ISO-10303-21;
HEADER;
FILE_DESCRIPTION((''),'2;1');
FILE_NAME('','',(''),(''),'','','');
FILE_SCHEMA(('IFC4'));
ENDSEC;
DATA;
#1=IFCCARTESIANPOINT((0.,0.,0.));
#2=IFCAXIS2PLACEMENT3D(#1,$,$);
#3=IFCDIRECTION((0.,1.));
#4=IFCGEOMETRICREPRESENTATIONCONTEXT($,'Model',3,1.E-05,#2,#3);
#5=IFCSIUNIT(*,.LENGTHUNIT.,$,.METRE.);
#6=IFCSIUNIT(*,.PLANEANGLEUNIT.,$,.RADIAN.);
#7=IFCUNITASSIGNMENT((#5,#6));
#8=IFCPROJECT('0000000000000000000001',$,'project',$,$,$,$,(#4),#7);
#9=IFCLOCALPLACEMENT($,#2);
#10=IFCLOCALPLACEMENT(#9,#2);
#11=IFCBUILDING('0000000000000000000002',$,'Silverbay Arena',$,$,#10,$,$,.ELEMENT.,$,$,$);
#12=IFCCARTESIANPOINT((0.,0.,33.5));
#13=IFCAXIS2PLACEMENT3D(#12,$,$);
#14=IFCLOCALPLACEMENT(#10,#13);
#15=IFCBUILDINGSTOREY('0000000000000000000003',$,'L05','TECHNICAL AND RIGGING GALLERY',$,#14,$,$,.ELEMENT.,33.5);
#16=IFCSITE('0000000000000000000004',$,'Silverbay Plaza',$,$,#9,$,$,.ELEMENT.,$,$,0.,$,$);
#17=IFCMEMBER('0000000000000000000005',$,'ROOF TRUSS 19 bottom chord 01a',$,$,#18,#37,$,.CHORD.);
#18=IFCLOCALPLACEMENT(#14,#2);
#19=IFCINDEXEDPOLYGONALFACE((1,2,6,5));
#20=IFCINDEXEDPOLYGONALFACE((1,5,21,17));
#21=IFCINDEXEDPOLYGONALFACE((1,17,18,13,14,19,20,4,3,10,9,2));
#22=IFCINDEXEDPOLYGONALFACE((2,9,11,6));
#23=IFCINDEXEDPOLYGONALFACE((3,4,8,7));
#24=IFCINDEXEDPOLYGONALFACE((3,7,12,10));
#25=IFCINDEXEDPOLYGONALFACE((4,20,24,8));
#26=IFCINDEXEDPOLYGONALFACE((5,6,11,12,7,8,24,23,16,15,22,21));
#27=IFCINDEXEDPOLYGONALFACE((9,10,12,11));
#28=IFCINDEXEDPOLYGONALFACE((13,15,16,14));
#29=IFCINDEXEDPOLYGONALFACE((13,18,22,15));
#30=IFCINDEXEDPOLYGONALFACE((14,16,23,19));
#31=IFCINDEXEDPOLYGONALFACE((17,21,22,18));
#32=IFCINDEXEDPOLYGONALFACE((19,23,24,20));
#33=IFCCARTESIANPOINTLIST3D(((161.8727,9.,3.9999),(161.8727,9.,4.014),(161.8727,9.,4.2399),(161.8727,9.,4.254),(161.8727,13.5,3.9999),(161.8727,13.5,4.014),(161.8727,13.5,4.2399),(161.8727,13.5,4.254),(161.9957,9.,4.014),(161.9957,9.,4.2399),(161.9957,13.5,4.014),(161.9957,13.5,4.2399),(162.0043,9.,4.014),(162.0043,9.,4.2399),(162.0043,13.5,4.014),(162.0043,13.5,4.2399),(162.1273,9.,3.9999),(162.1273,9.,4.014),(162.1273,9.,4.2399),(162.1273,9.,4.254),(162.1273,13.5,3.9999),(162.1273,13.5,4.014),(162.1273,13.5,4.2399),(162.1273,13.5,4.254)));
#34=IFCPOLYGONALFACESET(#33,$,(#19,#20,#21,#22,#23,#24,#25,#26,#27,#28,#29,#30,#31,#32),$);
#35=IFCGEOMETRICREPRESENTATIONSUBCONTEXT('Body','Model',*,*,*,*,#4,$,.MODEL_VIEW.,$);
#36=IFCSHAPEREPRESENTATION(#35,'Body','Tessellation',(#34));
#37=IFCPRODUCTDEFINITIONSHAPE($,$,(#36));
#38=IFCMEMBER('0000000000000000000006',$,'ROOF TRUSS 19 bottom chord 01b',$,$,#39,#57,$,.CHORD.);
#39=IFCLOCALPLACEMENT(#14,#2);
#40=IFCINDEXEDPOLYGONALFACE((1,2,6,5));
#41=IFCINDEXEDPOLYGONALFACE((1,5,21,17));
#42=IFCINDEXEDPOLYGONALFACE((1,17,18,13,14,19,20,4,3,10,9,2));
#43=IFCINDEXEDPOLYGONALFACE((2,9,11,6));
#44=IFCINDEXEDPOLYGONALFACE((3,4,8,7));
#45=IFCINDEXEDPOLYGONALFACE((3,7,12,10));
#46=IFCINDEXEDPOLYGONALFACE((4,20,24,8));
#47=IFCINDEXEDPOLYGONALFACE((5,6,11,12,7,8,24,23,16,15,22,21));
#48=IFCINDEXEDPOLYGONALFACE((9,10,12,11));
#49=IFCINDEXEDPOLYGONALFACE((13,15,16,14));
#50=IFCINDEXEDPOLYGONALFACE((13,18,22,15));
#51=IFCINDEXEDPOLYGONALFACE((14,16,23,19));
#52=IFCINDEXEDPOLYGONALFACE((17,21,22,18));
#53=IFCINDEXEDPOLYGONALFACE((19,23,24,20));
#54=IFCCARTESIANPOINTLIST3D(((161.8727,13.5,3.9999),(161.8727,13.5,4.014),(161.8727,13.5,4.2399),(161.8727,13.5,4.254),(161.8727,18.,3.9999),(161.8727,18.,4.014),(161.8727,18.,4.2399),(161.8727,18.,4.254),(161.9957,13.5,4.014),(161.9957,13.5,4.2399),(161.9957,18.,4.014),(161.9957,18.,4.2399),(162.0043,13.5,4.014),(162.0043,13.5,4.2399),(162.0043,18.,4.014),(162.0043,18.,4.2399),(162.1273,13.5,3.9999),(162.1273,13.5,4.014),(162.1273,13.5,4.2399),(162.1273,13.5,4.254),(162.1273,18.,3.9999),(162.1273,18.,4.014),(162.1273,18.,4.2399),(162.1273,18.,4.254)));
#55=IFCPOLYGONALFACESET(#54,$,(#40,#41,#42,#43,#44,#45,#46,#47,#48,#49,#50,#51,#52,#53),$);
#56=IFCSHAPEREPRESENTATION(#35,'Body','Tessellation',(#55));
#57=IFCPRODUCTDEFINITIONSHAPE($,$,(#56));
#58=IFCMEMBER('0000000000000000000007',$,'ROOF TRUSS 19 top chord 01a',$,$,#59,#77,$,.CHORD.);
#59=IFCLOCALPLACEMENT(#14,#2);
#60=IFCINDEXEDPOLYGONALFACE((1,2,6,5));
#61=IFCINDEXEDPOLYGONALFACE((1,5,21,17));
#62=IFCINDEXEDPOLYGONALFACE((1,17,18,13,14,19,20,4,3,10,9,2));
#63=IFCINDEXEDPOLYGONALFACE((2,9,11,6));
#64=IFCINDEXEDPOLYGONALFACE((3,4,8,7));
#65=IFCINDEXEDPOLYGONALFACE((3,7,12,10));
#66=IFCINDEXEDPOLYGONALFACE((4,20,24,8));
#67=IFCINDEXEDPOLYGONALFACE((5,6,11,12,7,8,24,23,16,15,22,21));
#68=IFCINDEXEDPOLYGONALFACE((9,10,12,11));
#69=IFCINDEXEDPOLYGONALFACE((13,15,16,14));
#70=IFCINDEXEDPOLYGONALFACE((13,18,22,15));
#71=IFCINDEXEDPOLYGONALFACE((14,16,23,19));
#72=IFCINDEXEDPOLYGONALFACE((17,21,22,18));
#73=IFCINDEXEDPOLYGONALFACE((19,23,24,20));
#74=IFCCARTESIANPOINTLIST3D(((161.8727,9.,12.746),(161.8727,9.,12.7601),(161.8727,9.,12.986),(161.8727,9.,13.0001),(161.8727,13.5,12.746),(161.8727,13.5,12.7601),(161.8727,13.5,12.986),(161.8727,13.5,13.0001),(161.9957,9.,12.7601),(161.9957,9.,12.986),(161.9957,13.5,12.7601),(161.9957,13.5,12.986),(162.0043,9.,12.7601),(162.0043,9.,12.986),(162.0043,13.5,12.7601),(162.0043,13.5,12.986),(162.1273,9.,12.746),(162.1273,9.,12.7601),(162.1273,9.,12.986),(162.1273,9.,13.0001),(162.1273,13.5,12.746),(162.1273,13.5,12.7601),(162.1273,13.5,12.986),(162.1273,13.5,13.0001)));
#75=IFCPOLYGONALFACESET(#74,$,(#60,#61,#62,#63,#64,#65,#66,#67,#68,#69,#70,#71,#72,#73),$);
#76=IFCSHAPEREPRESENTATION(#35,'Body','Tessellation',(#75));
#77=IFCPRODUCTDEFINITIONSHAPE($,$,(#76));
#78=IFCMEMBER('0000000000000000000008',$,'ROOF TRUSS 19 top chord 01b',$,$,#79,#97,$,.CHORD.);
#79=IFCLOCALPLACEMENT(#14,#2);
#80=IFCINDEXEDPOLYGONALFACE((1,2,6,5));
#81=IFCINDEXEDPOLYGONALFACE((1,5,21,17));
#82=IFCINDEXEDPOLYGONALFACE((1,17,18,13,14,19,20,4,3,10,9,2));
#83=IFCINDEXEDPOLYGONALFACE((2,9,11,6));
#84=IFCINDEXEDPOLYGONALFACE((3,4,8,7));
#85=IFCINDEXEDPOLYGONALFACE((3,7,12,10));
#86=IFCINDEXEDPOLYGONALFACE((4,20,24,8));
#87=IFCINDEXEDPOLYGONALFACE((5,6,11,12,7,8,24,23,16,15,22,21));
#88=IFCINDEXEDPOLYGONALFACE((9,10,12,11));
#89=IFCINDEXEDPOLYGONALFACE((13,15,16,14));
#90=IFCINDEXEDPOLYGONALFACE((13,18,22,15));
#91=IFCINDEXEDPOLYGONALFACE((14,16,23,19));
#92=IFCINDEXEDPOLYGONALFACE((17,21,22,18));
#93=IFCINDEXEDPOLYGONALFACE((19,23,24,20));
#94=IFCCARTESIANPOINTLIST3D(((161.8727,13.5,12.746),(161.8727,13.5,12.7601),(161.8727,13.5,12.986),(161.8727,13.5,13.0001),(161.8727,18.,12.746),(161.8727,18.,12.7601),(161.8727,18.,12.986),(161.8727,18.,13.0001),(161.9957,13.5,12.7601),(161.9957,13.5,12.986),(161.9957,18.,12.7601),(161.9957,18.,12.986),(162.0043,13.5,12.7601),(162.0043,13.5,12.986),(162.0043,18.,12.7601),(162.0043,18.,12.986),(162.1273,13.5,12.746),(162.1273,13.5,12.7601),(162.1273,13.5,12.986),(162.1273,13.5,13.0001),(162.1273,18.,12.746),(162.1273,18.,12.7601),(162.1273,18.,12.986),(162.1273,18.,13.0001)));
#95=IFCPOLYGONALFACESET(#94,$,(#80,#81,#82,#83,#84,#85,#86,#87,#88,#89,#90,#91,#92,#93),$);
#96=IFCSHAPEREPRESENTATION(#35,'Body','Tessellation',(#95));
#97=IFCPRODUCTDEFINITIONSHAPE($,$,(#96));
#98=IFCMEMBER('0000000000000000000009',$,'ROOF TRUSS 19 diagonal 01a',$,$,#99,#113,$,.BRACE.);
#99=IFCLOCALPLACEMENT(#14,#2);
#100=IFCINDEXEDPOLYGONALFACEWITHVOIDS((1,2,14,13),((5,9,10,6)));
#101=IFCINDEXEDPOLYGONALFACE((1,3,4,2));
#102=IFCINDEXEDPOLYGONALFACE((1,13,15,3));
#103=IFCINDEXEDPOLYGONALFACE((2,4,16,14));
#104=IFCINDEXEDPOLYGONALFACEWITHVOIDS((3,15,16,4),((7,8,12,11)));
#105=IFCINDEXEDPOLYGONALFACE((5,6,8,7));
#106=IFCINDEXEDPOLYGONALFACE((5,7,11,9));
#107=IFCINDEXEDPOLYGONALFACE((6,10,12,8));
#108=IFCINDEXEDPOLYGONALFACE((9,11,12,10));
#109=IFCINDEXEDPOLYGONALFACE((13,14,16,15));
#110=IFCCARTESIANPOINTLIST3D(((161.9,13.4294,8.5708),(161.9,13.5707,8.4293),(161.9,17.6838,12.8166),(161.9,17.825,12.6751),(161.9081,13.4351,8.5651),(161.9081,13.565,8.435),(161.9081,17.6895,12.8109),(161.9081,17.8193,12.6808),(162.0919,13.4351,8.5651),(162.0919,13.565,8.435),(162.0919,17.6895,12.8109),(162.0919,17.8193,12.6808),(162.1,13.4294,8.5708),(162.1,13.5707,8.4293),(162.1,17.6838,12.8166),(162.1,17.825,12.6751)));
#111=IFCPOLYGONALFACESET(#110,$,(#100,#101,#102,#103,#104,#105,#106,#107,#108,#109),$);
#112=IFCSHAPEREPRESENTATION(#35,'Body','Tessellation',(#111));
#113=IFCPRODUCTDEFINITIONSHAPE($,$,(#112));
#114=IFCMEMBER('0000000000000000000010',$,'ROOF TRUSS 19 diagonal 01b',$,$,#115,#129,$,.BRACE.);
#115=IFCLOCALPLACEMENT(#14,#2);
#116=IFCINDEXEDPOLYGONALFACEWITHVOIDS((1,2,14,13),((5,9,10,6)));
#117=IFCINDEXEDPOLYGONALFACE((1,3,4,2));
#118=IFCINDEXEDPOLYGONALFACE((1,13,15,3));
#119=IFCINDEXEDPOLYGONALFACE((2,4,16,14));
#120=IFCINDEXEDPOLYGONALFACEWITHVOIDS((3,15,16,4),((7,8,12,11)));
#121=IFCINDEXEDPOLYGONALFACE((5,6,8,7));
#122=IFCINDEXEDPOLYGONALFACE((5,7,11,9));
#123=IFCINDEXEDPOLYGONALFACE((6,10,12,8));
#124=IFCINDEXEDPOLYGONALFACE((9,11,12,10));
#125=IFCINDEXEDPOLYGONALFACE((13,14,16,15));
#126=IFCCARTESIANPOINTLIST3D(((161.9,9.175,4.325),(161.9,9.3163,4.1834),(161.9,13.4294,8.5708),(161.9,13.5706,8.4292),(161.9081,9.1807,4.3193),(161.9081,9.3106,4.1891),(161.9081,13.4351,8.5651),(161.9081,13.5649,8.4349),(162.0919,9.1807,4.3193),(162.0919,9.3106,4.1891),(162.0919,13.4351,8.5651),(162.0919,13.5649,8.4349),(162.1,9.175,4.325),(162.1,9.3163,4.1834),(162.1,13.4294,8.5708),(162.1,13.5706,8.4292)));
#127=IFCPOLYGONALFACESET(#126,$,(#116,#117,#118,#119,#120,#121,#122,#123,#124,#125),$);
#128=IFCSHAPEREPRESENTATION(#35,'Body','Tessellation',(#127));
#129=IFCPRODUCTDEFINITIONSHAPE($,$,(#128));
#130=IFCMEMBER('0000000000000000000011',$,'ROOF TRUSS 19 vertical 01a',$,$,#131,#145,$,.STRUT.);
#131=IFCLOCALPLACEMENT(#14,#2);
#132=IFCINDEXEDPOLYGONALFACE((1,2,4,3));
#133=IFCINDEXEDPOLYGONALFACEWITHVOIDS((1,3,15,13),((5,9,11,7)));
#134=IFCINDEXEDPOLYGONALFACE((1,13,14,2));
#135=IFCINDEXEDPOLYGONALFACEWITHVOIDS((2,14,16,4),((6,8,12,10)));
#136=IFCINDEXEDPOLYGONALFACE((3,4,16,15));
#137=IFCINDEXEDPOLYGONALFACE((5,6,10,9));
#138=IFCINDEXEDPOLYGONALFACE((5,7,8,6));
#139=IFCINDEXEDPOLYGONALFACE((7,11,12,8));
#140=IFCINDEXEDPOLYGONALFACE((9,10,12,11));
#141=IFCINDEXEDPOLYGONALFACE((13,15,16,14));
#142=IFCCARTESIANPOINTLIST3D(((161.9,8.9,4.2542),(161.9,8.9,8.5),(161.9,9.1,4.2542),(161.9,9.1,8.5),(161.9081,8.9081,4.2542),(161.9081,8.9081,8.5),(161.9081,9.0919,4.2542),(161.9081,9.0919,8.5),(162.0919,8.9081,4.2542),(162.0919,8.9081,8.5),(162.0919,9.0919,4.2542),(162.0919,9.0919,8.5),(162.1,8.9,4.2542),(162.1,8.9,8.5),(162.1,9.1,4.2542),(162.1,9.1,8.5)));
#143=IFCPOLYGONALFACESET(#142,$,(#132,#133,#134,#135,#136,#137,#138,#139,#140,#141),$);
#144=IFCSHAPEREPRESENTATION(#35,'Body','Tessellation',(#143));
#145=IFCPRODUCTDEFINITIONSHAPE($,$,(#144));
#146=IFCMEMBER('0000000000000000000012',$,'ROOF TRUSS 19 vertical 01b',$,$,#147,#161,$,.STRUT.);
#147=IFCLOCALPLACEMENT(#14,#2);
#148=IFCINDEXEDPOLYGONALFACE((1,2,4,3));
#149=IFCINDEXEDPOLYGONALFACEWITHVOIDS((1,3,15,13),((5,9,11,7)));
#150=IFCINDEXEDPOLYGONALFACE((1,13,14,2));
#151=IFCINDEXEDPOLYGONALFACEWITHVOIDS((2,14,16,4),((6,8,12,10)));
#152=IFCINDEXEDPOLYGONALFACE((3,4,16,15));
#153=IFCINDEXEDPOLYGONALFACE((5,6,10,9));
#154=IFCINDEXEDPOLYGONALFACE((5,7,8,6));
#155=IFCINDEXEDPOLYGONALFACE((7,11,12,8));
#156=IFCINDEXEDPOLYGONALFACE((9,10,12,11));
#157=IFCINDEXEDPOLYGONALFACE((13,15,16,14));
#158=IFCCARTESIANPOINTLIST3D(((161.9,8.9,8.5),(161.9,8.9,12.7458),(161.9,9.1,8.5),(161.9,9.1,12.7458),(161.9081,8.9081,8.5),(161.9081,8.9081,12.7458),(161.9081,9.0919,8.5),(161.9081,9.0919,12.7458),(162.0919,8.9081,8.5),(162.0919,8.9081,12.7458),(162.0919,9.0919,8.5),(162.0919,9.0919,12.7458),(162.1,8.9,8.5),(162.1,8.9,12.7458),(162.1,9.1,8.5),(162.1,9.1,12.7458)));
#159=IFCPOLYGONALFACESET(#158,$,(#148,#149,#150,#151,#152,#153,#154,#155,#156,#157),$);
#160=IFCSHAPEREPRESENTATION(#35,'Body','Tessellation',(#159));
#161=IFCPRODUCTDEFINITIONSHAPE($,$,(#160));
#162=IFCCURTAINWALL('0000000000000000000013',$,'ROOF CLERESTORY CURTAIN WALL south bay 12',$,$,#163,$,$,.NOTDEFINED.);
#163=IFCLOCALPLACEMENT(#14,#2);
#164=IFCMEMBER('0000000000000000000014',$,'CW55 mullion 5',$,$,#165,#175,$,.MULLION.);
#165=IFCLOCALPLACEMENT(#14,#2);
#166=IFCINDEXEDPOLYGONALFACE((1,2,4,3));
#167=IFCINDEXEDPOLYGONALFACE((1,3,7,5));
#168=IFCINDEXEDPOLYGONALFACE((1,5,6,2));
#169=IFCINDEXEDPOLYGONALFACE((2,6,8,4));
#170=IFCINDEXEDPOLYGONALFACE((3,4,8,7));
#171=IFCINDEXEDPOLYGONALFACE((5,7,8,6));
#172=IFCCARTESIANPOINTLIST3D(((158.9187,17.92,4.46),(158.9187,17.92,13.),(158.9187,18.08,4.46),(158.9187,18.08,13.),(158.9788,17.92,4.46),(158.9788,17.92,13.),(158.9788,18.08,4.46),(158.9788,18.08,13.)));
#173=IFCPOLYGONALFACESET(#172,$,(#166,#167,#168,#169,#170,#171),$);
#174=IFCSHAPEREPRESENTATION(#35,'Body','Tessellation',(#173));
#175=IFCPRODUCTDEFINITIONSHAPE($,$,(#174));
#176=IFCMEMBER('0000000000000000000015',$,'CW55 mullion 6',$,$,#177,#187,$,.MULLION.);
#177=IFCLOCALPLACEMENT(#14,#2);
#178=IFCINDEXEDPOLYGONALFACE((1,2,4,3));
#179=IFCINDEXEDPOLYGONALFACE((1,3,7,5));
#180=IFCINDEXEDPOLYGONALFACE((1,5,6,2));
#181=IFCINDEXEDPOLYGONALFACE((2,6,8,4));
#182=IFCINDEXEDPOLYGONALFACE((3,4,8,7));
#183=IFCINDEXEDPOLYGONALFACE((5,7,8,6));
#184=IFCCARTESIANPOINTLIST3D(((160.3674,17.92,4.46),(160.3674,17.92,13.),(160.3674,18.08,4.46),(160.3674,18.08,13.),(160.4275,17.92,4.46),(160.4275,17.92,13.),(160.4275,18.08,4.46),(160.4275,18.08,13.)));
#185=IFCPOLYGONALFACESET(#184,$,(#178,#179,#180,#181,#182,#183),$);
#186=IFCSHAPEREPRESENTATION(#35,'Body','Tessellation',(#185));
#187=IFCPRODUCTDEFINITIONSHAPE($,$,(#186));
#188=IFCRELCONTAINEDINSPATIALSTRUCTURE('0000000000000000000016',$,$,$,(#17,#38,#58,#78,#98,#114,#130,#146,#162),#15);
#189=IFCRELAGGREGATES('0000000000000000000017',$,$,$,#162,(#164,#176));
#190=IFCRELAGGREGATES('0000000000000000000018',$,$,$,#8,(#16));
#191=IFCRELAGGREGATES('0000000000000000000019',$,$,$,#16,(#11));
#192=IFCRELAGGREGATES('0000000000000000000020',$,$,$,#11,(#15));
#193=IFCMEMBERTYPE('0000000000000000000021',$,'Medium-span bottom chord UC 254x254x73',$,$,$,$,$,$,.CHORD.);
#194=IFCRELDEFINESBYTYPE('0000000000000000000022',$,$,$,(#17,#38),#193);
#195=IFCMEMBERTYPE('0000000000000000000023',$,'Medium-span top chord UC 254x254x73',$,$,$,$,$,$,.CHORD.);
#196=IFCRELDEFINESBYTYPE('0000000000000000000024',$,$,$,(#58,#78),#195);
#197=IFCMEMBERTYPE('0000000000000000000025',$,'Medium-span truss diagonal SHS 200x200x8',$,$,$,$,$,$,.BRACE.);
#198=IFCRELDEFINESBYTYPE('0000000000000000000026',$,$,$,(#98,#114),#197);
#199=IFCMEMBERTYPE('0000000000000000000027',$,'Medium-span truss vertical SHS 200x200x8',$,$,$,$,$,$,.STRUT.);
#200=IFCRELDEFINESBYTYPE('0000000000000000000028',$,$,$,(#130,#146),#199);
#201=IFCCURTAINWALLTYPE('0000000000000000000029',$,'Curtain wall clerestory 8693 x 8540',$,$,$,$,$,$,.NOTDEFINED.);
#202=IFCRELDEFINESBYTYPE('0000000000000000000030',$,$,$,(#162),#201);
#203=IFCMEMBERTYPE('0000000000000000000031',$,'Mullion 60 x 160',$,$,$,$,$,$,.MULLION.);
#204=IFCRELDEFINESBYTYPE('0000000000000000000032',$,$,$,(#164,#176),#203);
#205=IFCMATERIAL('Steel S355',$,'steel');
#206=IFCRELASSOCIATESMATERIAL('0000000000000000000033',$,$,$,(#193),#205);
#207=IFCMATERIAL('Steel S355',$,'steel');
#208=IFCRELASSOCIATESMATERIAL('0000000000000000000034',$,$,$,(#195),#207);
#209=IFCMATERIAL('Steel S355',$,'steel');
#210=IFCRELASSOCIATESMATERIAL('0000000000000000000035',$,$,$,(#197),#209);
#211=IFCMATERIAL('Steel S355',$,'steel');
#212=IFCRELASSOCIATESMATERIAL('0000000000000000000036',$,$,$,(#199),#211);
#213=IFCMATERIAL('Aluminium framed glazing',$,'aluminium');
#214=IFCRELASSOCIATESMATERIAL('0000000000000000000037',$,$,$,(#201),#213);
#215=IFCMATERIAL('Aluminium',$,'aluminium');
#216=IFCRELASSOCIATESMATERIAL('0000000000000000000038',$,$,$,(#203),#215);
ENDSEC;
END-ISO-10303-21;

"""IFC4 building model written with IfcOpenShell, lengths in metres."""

from ifc_helpers import new_model, si_unit, direction, frame, origin, origin_2d, place, context, subcontext, project, spatial, rectangle, hollow_rectangle, i_section, extrude, material, material_profile, profile_set, type_object, element, aggregate, save


model = new_model("IFC4")

# Units and contexts
model_context = context("Model", 3, precision=1e-05, world=origin(), true_north=direction((0.0, 1.0)))
body_context = subcontext(model_context, "Body", "Model", "MODEL_VIEW")
ifc_project = project(units=[si_unit("LENGTHUNIT", "METRE"), si_unit("PLANEANGLEUNIT", "RADIAN")], contexts=[model_context])

# Site, building, storey
site_placement = place(None, origin())
site = spatial("IfcSite", under=ifc_project, at=site_placement, Name="Silverbay Plaza", CompositionType="ELEMENT", RefElevation=0.0)
building_placement = place(site_placement, origin())
building = spatial("IfcBuilding", under=site, at=building_placement, Name="Silverbay Arena", CompositionType="ELEMENT")
storey_placement = place(building_placement, frame((0.0, 0.0, 33.5)))
storey = spatial("IfcBuildingStorey", under=building, at=storey_placement, Name="L05", Description="TECHNICAL AND RIGGING GALLERY", CompositionType="ELEMENT", Elevation=33.5)

# Members
ifc_material_1 = material(Name="Steel S355", Category="steel")
ifc_material_profile_1 = material_profile(ifc_material_1, i_section(OverallWidth=0.2546, OverallDepth=0.2542, WebThickness=0.0085, FlangeThickness=0.0142, at=origin_2d()), Name="UC 254x254x73")
ifc_profile_set_1 = profile_set([ifc_material_profile_1], Name="Steel S355")
member_type_1 = type_object("IfcMemberType", Name="Medium-span bottom chord UC 254x254x73", PredefinedType="CHORD", material=ifc_profile_set_1)
for number, where, z_axis, x_axis, name in (
    (1, (162.0, 9.0, 4.127), (0.0, 1.0, 0.0), (-1.0, 0.0, 0.0), "ROOF TRUSS 19 bottom chord 01a"),
    (2, (162.0, 13.5, 4.127), (0.0, 1.0, 0.0), (-1.0, 0.0, 0.0), "ROOF TRUSS 19 bottom chord 01b"),
):
    element("IfcMember", number, at=place(storey_placement, frame(where, z_axis=z_axis, x_axis=x_axis)), inside=storey, type_object=member_type_1, Name=name, PredefinedType="CHORD", context=body_context, shape_type="SweptSolid", body=[
        extrude(i_section(OverallWidth=0.2546, OverallDepth=0.2542, WebThickness=0.0085, FlangeThickness=0.0142, at=origin_2d()), origin(), (0.0, 0.0, 1.0), 4.5),
    ])
ifc_material_2 = material(Name="Steel S355", Category="steel")
ifc_material_profile_2 = material_profile(ifc_material_2, i_section(OverallWidth=0.2546, OverallDepth=0.2542, WebThickness=0.0085, FlangeThickness=0.0142, at=origin_2d()), Name="UC 254x254x73")
ifc_profile_set_2 = profile_set([ifc_material_profile_2], Name="Steel S355")
member_type_2 = type_object("IfcMemberType", Name="Medium-span top chord UC 254x254x73", PredefinedType="CHORD", material=ifc_profile_set_2)
for number, where, z_axis, x_axis, name in (
    (3, (162.0, 9.0, 12.873), (0.0, 1.0, 0.0), (-1.0, 0.0, 0.0), "ROOF TRUSS 19 top chord 01a"),
    (4, (162.0, 13.5, 12.873), (0.0, 1.0, 0.0), (-1.0, 0.0, 0.0), "ROOF TRUSS 19 top chord 01b"),
):
    element("IfcMember", number, at=place(storey_placement, frame(where, z_axis=z_axis, x_axis=x_axis)), inside=storey, type_object=member_type_2, Name=name, PredefinedType="CHORD", context=body_context, shape_type="SweptSolid", body=[
        extrude(i_section(OverallWidth=0.2546, OverallDepth=0.2542, WebThickness=0.0085, FlangeThickness=0.0142, at=origin_2d()), origin(), (0.0, 0.0, 1.0), 4.5),
    ])
ifc_material_3 = material(Name="Steel S355", Category="steel")
ifc_material_profile_3 = material_profile(ifc_material_3, hollow_rectangle(XDim=0.2, YDim=0.2, WallThickness=0.0081, at=origin_2d()), Name="SHS 200x200x8")
ifc_profile_set_3 = profile_set([ifc_material_profile_3], Name="Steel S355")
member_type_3 = type_object("IfcMemberType", Name="Medium-span truss diagonal SHS 200x200x8", PredefinedType="BRACE", material=ifc_profile_set_3)
for number, where, z_axis, x_axis, name in (
    (5, (162.0, 17.7544, 12.7458), (0.0, -0.707817, -0.706396), (1.0, 0.0, 0.0), "ROOF TRUSS 19 diagonal 01a"),
    (6, (162.0, 13.5, 8.5), (0.0, -0.707817, -0.706396), (1.0, 0.0, 0.0), "ROOF TRUSS 19 diagonal 01b"),
):
    element("IfcMember", number, at=place(storey_placement, frame(where, z_axis=z_axis, x_axis=x_axis)), inside=storey, type_object=member_type_3, Name=name, PredefinedType="BRACE", context=body_context, shape_type="SweptSolid", body=[
        extrude(hollow_rectangle(XDim=0.2, YDim=0.2, WallThickness=0.0081, at=origin_2d()), origin(), (0.0, 0.0, 1.0), 6.0105),
    ])
ifc_material_4 = material(Name="Steel S355", Category="steel")
ifc_material_profile_4 = material_profile(ifc_material_4, hollow_rectangle(XDim=0.2, YDim=0.2, WallThickness=0.0081, at=origin_2d()), Name="SHS 200x200x8")
ifc_profile_set_4 = profile_set([ifc_material_profile_4], Name="Steel S355")
member_type_4 = type_object("IfcMemberType", Name="Medium-span truss vertical SHS 200x200x8", PredefinedType="STRUT", material=ifc_profile_set_4)
for number, where, z_axis, x_axis, name in (
    (7, (162.0, 9.0, 4.2542), (0.0, 0.0, 1.0), (1.0, 0.0, 0.0), "ROOF TRUSS 19 vertical 01a"),
    (8, (162.0, 9.0, 8.5), (0.0, 0.0, 1.0), (1.0, 0.0, 0.0), "ROOF TRUSS 19 vertical 01b"),
):
    element("IfcMember", number, at=place(storey_placement, frame(where, z_axis=z_axis, x_axis=x_axis)), inside=storey, type_object=member_type_4, Name=name, PredefinedType="STRUT", context=body_context, shape_type="SweptSolid", body=[
        extrude(hollow_rectangle(XDim=0.2, YDim=0.2, WallThickness=0.0081, at=origin_2d()), origin(), (0.0, 0.0, 1.0), 4.2458),
    ])

# Curtain wall, members
ifc_material_5 = material(Name="Aluminium framed glazing", Category="aluminium")
curtain_wall_type = type_object("IfcCurtainWallType", Name="Curtain wall clerestory 8693 x 8540", PredefinedType="NOTDEFINED", material=ifc_material_5)
curtain_wall_placement = place(storey_placement, origin())
curtain_wall = element("IfcCurtainWall", 9, at=curtain_wall_placement, inside=storey, type_object=curtain_wall_type, Name="ROOF CLERESTORY CURTAIN WALL south bay 12", PredefinedType="NOTDEFINED")
ifc_material_6 = material(Name="Aluminium", Category="aluminium")
ifc_material_profile_5 = material_profile(ifc_material_6, rectangle(XDim=0.1599, YDim=0.0601, at=origin_2d()), Name="Mullion 60 x 160")
ifc_profile_set_5 = profile_set([ifc_material_profile_5], Name="Aluminium")
member_type_5 = type_object("IfcMemberType", Name="Mullion 60 x 160", PredefinedType="MULLION", material=ifc_profile_set_5)
member_1_placement = place(storey_placement, frame((158.9487, 18.0, 4.46), z_axis=(0.0, 0.0, 1.0), x_axis=(0.0, 1.0, 0.0)))
member_1 = element("IfcMember", 10, at=member_1_placement, type_object=member_type_5, Name="CW55 mullion 5", PredefinedType="MULLION", context=body_context, shape_type="SweptSolid", body=[
    extrude(rectangle(XDim=0.1599, YDim=0.0601, at=origin_2d()), origin(), (0.0, 0.0, 1.0), 8.54),
])
member_2_placement = place(storey_placement, frame((160.3975, 18.0, 4.46), z_axis=(0.0, 0.0, 1.0), x_axis=(0.0, 1.0, 0.0)))
member_2 = element("IfcMember", 11, at=member_2_placement, type_object=member_type_5, Name="CW55 mullion 6", PredefinedType="MULLION", context=body_context, shape_type="SweptSolid", body=[
    extrude(rectangle(XDim=0.1599, YDim=0.0601, at=origin_2d()), origin(), (0.0, 0.0, 1.0), 8.54),
])

aggregate(curtain_wall, [member_1, member_2])

save(model, "model.ifc")
